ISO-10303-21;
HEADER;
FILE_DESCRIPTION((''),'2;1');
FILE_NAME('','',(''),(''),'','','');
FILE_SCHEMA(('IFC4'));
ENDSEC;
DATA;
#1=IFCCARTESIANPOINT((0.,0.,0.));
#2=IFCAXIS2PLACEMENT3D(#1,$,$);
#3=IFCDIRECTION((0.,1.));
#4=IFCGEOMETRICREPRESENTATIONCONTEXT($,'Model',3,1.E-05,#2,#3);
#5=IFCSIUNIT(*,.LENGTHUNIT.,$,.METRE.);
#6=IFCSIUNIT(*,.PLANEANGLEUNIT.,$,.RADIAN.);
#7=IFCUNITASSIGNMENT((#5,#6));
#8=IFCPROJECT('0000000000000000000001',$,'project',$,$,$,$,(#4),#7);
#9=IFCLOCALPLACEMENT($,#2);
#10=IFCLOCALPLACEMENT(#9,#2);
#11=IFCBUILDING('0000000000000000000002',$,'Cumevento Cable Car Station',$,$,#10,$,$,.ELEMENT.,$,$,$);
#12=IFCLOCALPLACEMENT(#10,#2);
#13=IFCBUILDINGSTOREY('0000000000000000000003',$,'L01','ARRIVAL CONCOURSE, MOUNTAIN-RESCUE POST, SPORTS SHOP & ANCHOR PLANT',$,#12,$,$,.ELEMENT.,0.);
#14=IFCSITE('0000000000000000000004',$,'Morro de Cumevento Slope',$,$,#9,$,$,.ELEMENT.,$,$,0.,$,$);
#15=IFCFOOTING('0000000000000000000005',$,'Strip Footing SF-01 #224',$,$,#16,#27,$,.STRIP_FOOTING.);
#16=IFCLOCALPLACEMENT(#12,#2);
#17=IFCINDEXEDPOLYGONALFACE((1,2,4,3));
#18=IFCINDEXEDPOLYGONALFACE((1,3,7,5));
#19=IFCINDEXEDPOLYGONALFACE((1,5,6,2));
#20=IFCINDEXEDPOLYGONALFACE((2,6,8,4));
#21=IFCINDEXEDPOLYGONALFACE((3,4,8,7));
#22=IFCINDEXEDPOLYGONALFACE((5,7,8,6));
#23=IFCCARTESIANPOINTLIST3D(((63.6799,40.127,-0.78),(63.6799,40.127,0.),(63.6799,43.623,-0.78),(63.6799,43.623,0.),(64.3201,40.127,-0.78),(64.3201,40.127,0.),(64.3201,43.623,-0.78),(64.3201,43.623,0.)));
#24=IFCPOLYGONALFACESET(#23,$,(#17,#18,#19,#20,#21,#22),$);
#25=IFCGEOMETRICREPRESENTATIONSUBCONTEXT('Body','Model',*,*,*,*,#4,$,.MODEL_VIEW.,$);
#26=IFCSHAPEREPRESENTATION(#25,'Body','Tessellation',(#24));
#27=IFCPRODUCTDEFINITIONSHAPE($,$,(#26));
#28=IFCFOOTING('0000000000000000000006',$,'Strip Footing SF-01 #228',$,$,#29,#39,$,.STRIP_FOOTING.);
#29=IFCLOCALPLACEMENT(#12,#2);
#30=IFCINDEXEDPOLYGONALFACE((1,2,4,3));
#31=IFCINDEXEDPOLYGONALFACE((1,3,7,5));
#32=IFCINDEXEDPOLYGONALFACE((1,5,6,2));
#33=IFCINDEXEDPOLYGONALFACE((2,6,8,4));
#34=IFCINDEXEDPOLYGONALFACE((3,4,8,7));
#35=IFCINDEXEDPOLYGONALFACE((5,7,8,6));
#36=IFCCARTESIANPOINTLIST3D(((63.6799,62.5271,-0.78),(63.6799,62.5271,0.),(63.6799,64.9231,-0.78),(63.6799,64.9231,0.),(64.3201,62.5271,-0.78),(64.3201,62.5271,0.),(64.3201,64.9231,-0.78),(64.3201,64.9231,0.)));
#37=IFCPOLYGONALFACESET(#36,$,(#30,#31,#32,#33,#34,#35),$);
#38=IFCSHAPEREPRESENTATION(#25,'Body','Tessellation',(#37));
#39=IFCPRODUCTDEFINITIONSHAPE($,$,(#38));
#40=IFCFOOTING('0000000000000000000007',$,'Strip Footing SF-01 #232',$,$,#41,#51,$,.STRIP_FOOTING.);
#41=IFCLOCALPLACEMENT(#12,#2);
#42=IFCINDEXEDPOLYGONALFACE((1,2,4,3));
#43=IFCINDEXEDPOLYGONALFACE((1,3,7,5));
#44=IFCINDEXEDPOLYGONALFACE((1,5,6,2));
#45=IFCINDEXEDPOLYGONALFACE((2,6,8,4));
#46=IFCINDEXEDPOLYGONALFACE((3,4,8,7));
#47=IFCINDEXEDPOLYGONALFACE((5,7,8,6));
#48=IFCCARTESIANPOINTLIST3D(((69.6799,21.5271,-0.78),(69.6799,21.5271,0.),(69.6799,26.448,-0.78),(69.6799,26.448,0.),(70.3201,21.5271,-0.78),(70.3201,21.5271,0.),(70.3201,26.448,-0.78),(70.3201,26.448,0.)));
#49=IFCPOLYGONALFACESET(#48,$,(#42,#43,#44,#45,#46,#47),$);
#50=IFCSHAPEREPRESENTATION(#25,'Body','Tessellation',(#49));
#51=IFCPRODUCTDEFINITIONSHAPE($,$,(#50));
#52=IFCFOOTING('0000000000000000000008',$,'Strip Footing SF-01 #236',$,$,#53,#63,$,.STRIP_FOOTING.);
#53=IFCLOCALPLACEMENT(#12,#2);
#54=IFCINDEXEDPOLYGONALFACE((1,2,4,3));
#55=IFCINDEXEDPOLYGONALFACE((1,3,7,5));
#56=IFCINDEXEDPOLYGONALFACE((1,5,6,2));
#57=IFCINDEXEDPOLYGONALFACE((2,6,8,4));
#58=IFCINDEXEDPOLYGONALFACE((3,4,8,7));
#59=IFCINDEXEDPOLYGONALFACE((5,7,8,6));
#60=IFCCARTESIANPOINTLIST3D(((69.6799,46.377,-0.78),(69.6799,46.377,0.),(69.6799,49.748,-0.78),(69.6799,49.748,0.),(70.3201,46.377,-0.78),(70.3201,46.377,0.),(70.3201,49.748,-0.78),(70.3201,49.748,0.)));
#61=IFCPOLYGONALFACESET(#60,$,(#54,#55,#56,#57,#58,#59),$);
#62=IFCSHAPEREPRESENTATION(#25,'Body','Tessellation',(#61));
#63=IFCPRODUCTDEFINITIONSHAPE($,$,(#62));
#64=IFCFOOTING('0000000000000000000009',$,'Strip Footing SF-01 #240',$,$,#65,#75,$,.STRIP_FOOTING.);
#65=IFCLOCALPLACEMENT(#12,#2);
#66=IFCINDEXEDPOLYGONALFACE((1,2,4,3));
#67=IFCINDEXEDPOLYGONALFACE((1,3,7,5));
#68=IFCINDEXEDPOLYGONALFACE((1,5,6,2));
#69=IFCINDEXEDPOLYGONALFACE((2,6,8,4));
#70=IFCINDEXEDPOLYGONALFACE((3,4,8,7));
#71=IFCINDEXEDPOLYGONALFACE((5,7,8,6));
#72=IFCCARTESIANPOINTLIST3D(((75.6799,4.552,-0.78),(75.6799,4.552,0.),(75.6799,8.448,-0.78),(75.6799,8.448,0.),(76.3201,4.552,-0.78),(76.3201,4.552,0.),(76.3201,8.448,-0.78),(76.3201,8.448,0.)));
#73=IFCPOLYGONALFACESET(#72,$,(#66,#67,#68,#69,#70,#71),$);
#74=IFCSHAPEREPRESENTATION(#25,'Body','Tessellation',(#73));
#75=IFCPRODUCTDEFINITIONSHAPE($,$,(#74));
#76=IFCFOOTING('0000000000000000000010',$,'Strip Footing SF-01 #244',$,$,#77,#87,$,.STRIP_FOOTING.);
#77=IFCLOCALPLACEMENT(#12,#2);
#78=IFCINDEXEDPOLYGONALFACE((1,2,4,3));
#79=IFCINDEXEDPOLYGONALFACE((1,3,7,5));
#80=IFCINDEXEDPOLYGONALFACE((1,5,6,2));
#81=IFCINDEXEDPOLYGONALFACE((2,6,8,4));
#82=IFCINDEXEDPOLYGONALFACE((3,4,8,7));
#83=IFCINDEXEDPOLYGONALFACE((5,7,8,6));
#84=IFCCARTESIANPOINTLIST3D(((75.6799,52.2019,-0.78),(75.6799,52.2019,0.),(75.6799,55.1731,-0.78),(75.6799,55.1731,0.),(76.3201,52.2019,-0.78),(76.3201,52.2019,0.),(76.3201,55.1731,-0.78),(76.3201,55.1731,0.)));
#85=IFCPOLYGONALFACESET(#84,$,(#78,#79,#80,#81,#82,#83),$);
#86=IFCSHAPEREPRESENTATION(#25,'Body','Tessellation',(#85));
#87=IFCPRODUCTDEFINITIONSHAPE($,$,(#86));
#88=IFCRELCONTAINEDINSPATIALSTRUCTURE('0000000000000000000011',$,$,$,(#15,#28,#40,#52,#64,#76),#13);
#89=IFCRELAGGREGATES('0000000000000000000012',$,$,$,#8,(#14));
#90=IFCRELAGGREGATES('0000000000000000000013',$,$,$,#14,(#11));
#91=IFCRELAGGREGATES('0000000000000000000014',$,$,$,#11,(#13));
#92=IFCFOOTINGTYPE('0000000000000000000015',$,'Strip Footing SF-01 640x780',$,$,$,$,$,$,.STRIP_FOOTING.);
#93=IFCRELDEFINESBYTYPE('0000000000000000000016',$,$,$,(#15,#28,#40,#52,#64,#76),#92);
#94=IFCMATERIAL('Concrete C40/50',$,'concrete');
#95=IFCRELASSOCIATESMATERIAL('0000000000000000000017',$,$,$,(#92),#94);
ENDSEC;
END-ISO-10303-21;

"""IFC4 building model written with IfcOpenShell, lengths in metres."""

from ifc_helpers import new_model, si_unit, direction, frame, origin, place, context, subcontext, project, spatial, polyline, outline, extrude, material, type_object, element, save


model = new_model("IFC4")

# Units and contexts
model_context = context("Model", 3, precision=1e-05, world=origin(), true_north=direction((0.0, 1.0)))
body_context = subcontext(model_context, "Body", "Model", "MODEL_VIEW")
ifc_project = project(units=[si_unit("LENGTHUNIT", "METRE"), si_unit("PLANEANGLEUNIT", "RADIAN")], contexts=[model_context])

# Site, building, storey
site_placement = place(None, origin())
site = spatial("IfcSite", under=ifc_project, at=site_placement, Name="Morro de Cumevento Slope", CompositionType="ELEMENT", RefElevation=0.0)
building_placement = place(site_placement, origin())
building = spatial("IfcBuilding", under=site, at=building_placement, Name="Cumevento Cable Car Station", CompositionType="ELEMENT")
storey_placement = place(building_placement, origin())
storey = spatial("IfcBuildingStorey", under=building, at=storey_placement, Name="L01", Description="ARRIVAL CONCOURSE, MOUNTAIN-RESCUE POST, SPORTS SHOP & ANCHOR PLANT", CompositionType="ELEMENT", Elevation=0.0)

# Footings
ifc_material = material(Name="Concrete C40/50", Category="concrete")
footing_type = type_object("IfcFootingType", Name="Strip Footing SF-01 640x780", PredefinedType="STRIP_FOOTING", material=ifc_material)
footing_1_placement = place(storey_placement, frame((0.0, 0.0, -0.78)))
element("IfcFooting", 1, at=footing_1_placement, inside=storey, type_object=footing_type, Name="Strip Footing SF-01 #224", PredefinedType="STRIP_FOOTING", context=body_context, shape_type="SweptSolid", body=[
    extrude(outline(polyline([(63.6799, 40.127), (64.3201, 40.127), (64.3201, 43.623), (63.6799, 43.623), (63.6799, 40.127)])), origin(), (0.0, 0.0, 1.0), 0.78),
])
footing_2_placement = place(storey_placement, frame((0.0, 0.0, -0.78)))
element("IfcFooting", 2, at=footing_2_placement, inside=storey, type_object=footing_type, Name="Strip Footing SF-01 #228", PredefinedType="STRIP_FOOTING", context=body_context, shape_type="SweptSolid", body=[
    extrude(outline(polyline([(63.6799, 62.5271), (64.3201, 62.5271), (64.3201, 64.9231), (63.6799, 64.9231), (63.6799, 62.5271)])), origin(), (0.0, 0.0, 1.0), 0.78),
])
footing_3_placement = place(storey_placement, frame((0.0, 0.0, -0.78)))
element("IfcFooting", 3, at=footing_3_placement, inside=storey, type_object=footing_type, Name="Strip Footing SF-01 #232", PredefinedType="STRIP_FOOTING", context=body_context, shape_type="SweptSolid", body=[
    extrude(outline(polyline([(69.6799, 21.5271), (70.3201, 21.5271), (70.3201, 26.448), (69.6799, 26.448), (69.6799, 21.5271)])), origin(), (0.0, 0.0, 1.0), 0.78),
])
footing_4_placement = place(storey_placement, frame((0.0, 0.0, -0.78)))
element("IfcFooting", 4, at=footing_4_placement, inside=storey, type_object=footing_type, Name="Strip Footing SF-01 #236", PredefinedType="STRIP_FOOTING", context=body_context, shape_type="SweptSolid", body=[
    extrude(outline(polyline([(69.6799, 46.377), (70.3201, 46.377), (70.3201, 49.748), (69.6799, 49.748), (69.6799, 46.377)])), origin(), (0.0, 0.0, 1.0), 0.78),
])
footing_5_placement = place(storey_placement, frame((0.0, 0.0, -0.78)))
element("IfcFooting", 5, at=footing_5_placement, inside=storey, type_object=footing_type, Name="Strip Footing SF-01 #240", PredefinedType="STRIP_FOOTING", context=body_context, shape_type="SweptSolid", body=[
    extrude(outline(polyline([(75.6799, 4.552), (76.3201, 4.552), (76.3201, 8.448), (75.6799, 8.448), (75.6799, 4.552)])), origin(), (0.0, 0.0, 1.0), 0.78),
])
footing_6_placement = place(storey_placement, frame((0.0, 0.0, -0.78)))
element("IfcFooting", 6, at=footing_6_placement, inside=storey, type_object=footing_type, Name="Strip Footing SF-01 #244", PredefinedType="STRIP_FOOTING", context=body_context, shape_type="SweptSolid", body=[
    extrude(outline(polyline([(75.6799, 52.2019), (76.3201, 52.2019), (76.3201, 55.1731), (75.6799, 55.1731), (75.6799, 52.2019)])), origin(), (0.0, 0.0, 1.0), 0.78),
])

save(model, "model.ifc")
